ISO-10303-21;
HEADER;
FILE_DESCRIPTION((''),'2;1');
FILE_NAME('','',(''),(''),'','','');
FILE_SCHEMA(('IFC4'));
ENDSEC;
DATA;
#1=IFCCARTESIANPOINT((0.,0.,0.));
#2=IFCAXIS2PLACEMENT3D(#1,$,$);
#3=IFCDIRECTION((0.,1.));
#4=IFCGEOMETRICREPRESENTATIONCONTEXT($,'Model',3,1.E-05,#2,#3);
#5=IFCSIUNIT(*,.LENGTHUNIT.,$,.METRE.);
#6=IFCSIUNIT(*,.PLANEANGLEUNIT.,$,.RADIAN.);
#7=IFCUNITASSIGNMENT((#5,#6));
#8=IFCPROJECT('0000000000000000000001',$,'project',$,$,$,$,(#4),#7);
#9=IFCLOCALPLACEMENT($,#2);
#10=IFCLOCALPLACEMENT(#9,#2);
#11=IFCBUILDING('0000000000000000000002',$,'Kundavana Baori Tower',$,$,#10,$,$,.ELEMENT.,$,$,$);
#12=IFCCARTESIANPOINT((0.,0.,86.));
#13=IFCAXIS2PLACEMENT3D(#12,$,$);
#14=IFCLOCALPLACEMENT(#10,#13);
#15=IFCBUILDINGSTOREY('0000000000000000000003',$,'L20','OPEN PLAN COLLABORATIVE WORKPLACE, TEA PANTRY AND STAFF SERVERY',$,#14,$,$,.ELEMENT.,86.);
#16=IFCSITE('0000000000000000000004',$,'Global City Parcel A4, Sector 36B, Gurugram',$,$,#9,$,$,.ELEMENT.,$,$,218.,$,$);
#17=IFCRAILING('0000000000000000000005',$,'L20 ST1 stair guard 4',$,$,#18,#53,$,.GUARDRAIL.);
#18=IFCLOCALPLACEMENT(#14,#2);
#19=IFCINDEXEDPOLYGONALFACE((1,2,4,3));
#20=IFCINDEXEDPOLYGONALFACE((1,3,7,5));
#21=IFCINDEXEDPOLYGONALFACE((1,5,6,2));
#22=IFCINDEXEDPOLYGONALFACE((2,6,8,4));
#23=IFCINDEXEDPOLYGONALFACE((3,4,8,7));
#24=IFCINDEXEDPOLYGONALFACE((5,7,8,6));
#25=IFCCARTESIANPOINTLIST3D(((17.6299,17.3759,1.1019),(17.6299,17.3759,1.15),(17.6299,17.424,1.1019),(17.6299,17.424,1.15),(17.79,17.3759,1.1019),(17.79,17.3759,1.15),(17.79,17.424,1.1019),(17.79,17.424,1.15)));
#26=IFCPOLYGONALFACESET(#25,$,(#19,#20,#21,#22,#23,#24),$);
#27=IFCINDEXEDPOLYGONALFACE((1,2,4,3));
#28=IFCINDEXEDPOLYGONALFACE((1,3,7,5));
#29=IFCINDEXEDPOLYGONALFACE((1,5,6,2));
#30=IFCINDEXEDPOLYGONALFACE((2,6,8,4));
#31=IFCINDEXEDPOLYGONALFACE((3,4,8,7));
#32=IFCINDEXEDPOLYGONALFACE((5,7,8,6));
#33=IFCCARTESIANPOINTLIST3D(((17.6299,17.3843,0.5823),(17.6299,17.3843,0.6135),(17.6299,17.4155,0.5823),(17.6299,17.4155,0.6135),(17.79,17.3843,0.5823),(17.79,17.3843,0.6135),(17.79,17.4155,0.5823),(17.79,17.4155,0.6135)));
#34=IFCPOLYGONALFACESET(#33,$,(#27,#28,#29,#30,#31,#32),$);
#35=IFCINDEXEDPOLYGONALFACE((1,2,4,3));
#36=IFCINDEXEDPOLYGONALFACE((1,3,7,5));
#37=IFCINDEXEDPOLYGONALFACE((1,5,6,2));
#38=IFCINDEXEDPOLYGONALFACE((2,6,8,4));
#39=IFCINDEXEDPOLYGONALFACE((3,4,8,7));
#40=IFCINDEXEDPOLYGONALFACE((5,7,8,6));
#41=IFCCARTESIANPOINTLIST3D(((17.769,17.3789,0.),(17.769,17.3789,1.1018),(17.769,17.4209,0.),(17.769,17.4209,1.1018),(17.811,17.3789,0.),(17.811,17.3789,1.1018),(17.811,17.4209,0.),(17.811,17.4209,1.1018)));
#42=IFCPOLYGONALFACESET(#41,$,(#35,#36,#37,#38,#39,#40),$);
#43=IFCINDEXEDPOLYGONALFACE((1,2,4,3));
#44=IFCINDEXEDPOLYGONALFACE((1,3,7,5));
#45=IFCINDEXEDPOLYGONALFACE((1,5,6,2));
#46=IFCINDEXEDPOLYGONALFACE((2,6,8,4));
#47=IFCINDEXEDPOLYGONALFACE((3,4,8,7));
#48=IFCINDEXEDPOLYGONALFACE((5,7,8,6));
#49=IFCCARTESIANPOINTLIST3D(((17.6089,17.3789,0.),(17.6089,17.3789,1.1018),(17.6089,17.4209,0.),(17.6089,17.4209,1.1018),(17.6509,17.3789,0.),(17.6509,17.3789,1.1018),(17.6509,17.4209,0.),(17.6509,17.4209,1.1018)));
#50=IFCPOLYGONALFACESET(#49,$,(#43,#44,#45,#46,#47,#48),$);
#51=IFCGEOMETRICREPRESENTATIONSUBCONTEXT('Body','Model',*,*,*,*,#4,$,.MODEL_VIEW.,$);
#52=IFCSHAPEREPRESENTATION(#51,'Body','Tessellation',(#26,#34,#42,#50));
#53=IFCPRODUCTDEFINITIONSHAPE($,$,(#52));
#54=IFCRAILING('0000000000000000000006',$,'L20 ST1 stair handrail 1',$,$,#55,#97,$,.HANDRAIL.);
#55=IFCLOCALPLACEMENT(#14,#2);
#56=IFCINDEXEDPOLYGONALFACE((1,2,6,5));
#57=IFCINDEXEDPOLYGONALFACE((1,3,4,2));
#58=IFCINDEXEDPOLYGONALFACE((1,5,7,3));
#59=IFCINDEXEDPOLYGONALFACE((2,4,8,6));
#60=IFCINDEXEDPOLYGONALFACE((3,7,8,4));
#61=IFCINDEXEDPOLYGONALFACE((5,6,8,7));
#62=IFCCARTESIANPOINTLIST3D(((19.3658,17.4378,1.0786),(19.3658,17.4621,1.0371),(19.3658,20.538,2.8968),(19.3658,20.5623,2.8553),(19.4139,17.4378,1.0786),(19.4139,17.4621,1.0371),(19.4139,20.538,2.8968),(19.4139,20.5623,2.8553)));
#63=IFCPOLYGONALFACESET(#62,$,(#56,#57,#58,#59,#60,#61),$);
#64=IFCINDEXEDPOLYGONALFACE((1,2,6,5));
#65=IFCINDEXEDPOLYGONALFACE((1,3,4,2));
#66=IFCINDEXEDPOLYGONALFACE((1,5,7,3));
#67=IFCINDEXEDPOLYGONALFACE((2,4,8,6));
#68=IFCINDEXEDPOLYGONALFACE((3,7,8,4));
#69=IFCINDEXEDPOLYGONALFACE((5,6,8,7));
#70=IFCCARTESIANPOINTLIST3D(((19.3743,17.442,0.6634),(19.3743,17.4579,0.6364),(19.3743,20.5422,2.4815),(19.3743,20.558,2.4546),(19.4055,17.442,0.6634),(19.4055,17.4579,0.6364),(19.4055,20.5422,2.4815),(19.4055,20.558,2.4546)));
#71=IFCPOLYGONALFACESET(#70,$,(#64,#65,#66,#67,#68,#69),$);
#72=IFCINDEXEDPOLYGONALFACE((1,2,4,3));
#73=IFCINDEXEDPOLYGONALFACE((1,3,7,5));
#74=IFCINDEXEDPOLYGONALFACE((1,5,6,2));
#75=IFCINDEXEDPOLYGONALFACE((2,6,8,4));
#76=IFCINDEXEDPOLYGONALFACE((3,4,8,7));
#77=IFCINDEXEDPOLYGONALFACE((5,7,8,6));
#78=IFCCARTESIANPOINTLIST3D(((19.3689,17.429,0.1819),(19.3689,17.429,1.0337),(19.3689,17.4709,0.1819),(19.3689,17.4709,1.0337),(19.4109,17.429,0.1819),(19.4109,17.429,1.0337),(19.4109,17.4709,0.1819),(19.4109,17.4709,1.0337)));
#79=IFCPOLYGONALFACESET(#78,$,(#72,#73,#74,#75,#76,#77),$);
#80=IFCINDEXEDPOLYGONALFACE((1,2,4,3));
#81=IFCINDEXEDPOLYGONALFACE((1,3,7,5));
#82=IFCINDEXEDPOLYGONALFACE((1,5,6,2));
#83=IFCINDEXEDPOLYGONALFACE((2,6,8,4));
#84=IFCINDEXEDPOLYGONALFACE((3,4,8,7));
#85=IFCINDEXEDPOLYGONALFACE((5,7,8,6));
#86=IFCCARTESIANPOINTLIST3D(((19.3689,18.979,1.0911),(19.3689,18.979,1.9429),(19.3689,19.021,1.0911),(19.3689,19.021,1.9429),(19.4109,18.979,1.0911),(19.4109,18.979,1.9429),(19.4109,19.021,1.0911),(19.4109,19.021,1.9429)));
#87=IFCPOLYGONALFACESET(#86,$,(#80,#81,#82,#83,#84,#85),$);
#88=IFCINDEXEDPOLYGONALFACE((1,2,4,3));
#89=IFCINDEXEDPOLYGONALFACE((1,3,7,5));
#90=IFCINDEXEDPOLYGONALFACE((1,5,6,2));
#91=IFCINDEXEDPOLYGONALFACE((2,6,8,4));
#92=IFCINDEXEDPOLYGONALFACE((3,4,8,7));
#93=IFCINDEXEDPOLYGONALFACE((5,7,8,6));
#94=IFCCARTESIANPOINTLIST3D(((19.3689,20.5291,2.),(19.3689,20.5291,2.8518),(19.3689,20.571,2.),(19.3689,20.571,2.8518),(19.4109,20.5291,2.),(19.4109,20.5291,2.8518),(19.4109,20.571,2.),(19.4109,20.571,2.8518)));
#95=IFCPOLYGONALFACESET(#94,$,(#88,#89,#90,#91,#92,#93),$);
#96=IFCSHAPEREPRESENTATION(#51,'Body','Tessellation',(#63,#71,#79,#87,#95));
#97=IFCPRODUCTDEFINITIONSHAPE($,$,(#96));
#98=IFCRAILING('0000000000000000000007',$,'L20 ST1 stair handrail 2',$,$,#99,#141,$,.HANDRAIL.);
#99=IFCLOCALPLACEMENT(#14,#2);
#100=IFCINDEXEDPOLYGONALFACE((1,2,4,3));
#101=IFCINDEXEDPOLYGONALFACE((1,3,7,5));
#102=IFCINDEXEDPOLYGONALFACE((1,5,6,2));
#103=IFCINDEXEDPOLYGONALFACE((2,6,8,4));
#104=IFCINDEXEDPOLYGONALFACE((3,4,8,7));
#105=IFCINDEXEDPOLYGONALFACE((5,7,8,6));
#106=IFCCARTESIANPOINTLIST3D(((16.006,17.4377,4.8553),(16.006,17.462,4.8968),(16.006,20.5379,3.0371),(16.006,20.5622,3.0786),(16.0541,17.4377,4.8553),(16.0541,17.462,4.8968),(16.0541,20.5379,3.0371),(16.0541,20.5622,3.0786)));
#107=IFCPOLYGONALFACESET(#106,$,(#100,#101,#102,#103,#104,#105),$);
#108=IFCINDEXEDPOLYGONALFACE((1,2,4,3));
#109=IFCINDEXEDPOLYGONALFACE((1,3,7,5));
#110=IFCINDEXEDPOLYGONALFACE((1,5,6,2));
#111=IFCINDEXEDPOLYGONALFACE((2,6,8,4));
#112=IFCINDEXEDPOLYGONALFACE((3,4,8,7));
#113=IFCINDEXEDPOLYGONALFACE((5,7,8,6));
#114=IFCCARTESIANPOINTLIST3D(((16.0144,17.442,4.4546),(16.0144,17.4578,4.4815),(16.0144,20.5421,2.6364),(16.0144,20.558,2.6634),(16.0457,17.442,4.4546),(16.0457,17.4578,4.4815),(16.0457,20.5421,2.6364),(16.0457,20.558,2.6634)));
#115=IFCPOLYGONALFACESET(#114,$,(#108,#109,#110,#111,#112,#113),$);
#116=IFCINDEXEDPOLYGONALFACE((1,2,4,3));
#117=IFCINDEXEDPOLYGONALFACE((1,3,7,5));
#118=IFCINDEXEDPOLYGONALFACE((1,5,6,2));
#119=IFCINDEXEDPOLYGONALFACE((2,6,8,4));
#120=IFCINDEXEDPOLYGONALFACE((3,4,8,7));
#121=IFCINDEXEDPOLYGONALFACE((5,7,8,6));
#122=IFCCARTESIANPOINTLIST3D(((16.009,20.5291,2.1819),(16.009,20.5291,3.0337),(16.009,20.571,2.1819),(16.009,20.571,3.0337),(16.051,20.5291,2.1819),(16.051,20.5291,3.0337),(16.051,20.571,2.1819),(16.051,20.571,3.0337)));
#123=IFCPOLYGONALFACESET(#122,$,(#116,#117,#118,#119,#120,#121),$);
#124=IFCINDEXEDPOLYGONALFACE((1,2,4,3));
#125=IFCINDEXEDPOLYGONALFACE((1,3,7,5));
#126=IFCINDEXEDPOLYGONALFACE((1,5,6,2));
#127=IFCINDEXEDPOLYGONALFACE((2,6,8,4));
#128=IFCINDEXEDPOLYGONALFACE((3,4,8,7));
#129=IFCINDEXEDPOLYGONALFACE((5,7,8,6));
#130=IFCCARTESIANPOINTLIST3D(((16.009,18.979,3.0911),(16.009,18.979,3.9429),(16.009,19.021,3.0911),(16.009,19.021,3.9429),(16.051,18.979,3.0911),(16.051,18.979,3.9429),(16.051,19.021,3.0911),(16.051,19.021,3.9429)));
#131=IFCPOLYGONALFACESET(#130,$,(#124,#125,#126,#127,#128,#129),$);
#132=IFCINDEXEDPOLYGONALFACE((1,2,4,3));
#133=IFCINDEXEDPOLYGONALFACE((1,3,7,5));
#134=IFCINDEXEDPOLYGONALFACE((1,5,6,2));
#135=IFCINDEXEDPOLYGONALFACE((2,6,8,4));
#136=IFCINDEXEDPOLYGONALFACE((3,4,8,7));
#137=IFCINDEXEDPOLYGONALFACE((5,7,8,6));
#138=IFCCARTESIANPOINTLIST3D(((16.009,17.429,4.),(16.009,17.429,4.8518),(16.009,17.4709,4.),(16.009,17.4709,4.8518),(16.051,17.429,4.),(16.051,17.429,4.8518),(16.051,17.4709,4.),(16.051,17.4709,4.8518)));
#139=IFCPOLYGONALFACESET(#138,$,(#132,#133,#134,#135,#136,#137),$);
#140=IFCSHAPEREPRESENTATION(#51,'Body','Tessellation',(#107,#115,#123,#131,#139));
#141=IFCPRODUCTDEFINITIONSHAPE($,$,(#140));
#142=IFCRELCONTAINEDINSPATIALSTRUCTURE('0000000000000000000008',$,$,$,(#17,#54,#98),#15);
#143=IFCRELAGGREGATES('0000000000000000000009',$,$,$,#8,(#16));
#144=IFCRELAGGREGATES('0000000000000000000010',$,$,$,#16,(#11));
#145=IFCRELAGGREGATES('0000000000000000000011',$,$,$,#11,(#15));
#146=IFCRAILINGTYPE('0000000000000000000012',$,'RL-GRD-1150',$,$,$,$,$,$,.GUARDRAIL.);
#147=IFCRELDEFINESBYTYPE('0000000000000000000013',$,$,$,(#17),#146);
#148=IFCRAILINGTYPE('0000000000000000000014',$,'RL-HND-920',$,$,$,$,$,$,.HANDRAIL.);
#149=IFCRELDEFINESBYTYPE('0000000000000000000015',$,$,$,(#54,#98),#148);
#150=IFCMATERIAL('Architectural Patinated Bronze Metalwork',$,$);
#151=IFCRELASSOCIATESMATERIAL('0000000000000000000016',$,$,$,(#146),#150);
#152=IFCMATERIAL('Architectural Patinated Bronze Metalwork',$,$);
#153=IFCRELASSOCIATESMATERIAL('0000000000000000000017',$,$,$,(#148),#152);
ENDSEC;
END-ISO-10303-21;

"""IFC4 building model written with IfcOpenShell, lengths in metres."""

from ifc_helpers import new_model, si_unit, direction, frame, origin, origin_2d, place, context, subcontext, project, spatial, rectangle, extrude, material, type_object, element, save


model = new_model("IFC4")

# Units and contexts
model_context = context("Model", 3, precision=1e-05, world=origin(), true_north=direction((0.0, 1.0)))
body_context = subcontext(model_context, "Body", "Model", "MODEL_VIEW")
ifc_project = project(units=[si_unit("LENGTHUNIT", "METRE"), si_unit("PLANEANGLEUNIT", "RADIAN")], contexts=[model_context])

# Site, building, storey
site_placement = place(None, origin())
site = spatial("IfcSite", under=ifc_project, at=site_placement, Name="Global City Parcel A4, Sector 36B, Gurugram", CompositionType="ELEMENT", RefElevation=218.0)
building_placement = place(site_placement, origin())
building = spatial("IfcBuilding", under=site, at=building_placement, Name="Kundavana Baori Tower", CompositionType="ELEMENT")
storey_placement = place(building_placement, frame((0.0, 0.0, 86.0)))
storey = spatial("IfcBuildingStorey", under=building, at=storey_placement, Name="L20", Description="OPEN PLAN COLLABORATIVE WORKPLACE, TEA PANTRY AND STAFF SERVERY", CompositionType="ELEMENT", Elevation=86.0)

# Railings
ifc_material_1 = material(Name="Architectural Patinated Bronze Metalwork")
railing_type_1 = type_object("IfcRailingType", Name="RL-GRD-1150", PredefinedType="GUARDRAIL", material=ifc_material_1)
railing_1_placement = place(storey_placement, frame((17.79, 17.3999, 0.0)))
element("IfcRailing", 1, at=railing_1_placement, inside=storey, type_object=railing_type_1, Name="L20 ST1 stair guard 4", PredefinedType="GUARDRAIL", context=body_context, shape_type="SweptSolid", body=[
    extrude(rectangle(XDim=0.0481, YDim=0.0481, at=origin_2d()), frame((0.0, 0.0, 1.126), z_axis=(-1.0, 0.0, 0.0), x_axis=(0.0, -1.0, 0.0)), (0.0, 0.0, 1.0), 0.1602),
    extrude(rectangle(XDim=0.0312, YDim=0.0312, at=origin_2d()), frame((0.0, 0.0, 0.5979), z_axis=(-1.0, 0.0, 0.0), x_axis=(0.0, -1.0, 0.0)), (0.0, 0.0, 1.0), 0.1602),
    extrude(rectangle(XDim=0.042, YDim=0.042, at=origin_2d()), origin(), (0.0, 0.0, 1.0), 1.1018),
    extrude(rectangle(XDim=0.042, YDim=0.042, at=origin_2d()), frame((-0.1602, 0.0, 0.0)), (0.0, 0.0, 1.0), 1.1018),
])
ifc_material_2 = material(Name="Architectural Patinated Bronze Metalwork")
railing_type_2 = type_object("IfcRailingType", Name="RL-HND-920", PredefinedType="HANDRAIL", material=ifc_material_2)
railing_2_placement = place(storey_placement, frame((19.3899, 17.45, 0.1819)))
element("IfcRailing", 2, at=railing_2_placement, inside=storey, type_object=railing_type_2, Name="L20 ST1 stair handrail 1", PredefinedType="HANDRAIL", context=body_context, shape_type="SweptSolid", body=[
    extrude(rectangle(XDim=0.0481, YDim=0.0481, at=origin_2d()), frame((0.0, 0.0, 0.876), z_axis=(0.0, 0.862599, 0.505889), x_axis=(-1.0, 0.0, 0.0)), (0.0, 0.0, 1.0), 3.594),
    extrude(rectangle(XDim=0.0312, YDim=0.0312, at=origin_2d()), frame((0.0, 0.0, 0.468), z_axis=(0.0, 0.862599, 0.505889), x_axis=(-1.0, 0.0, 0.0)), (0.0, 0.0, 1.0), 3.594),
    extrude(rectangle(XDim=0.042, YDim=0.042, at=origin_2d()), origin(), (0.0, 0.0, 1.0), 0.8518),
    extrude(rectangle(XDim=0.042, YDim=0.042, at=origin_2d()), frame((0.0, 1.55, 0.9092)), (0.0, 0.0, 1.0), 0.8518),
    extrude(rectangle(XDim=0.042, YDim=0.042, at=origin_2d()), frame((0.0, 3.1001, 1.8181)), (0.0, 0.0, 1.0), 0.8518),
])
railing_3_placement = place(storey_placement, frame((16.03, 20.55, 2.1819)))
element("IfcRailing", 3, at=railing_3_placement, inside=storey, type_object=railing_type_2, Name="L20 ST1 stair handrail 2", PredefinedType="HANDRAIL", context=body_context, shape_type="SweptSolid", body=[
    extrude(rectangle(XDim=0.0481, YDim=0.0481, at=origin_2d()), frame((0.0, 0.0, 0.876), z_axis=(0.0, -0.862599, 0.505889), x_axis=(1.0, 0.0, 0.0)), (0.0, 0.0, 1.0), 3.594),
    extrude(rectangle(XDim=0.0312, YDim=0.0312, at=origin_2d()), frame((0.0, 0.0, 0.468), z_axis=(0.0, -0.862599, 0.505889), x_axis=(1.0, 0.0, 0.0)), (0.0, 0.0, 1.0), 3.594),
    extrude(rectangle(XDim=0.042, YDim=0.042, at=origin_2d()), origin(), (0.0, 0.0, 1.0), 0.8518),
    extrude(rectangle(XDim=0.042, YDim=0.042, at=origin_2d()), frame((0.0, -1.55, 0.9092)), (0.0, 0.0, 1.0), 0.8518),
    extrude(rectangle(XDim=0.042, YDim=0.042, at=origin_2d()), frame((0.0, -3.1001, 1.8181)), (0.0, 0.0, 1.0), 0.8518),
])

save(model, "model.ifc")
